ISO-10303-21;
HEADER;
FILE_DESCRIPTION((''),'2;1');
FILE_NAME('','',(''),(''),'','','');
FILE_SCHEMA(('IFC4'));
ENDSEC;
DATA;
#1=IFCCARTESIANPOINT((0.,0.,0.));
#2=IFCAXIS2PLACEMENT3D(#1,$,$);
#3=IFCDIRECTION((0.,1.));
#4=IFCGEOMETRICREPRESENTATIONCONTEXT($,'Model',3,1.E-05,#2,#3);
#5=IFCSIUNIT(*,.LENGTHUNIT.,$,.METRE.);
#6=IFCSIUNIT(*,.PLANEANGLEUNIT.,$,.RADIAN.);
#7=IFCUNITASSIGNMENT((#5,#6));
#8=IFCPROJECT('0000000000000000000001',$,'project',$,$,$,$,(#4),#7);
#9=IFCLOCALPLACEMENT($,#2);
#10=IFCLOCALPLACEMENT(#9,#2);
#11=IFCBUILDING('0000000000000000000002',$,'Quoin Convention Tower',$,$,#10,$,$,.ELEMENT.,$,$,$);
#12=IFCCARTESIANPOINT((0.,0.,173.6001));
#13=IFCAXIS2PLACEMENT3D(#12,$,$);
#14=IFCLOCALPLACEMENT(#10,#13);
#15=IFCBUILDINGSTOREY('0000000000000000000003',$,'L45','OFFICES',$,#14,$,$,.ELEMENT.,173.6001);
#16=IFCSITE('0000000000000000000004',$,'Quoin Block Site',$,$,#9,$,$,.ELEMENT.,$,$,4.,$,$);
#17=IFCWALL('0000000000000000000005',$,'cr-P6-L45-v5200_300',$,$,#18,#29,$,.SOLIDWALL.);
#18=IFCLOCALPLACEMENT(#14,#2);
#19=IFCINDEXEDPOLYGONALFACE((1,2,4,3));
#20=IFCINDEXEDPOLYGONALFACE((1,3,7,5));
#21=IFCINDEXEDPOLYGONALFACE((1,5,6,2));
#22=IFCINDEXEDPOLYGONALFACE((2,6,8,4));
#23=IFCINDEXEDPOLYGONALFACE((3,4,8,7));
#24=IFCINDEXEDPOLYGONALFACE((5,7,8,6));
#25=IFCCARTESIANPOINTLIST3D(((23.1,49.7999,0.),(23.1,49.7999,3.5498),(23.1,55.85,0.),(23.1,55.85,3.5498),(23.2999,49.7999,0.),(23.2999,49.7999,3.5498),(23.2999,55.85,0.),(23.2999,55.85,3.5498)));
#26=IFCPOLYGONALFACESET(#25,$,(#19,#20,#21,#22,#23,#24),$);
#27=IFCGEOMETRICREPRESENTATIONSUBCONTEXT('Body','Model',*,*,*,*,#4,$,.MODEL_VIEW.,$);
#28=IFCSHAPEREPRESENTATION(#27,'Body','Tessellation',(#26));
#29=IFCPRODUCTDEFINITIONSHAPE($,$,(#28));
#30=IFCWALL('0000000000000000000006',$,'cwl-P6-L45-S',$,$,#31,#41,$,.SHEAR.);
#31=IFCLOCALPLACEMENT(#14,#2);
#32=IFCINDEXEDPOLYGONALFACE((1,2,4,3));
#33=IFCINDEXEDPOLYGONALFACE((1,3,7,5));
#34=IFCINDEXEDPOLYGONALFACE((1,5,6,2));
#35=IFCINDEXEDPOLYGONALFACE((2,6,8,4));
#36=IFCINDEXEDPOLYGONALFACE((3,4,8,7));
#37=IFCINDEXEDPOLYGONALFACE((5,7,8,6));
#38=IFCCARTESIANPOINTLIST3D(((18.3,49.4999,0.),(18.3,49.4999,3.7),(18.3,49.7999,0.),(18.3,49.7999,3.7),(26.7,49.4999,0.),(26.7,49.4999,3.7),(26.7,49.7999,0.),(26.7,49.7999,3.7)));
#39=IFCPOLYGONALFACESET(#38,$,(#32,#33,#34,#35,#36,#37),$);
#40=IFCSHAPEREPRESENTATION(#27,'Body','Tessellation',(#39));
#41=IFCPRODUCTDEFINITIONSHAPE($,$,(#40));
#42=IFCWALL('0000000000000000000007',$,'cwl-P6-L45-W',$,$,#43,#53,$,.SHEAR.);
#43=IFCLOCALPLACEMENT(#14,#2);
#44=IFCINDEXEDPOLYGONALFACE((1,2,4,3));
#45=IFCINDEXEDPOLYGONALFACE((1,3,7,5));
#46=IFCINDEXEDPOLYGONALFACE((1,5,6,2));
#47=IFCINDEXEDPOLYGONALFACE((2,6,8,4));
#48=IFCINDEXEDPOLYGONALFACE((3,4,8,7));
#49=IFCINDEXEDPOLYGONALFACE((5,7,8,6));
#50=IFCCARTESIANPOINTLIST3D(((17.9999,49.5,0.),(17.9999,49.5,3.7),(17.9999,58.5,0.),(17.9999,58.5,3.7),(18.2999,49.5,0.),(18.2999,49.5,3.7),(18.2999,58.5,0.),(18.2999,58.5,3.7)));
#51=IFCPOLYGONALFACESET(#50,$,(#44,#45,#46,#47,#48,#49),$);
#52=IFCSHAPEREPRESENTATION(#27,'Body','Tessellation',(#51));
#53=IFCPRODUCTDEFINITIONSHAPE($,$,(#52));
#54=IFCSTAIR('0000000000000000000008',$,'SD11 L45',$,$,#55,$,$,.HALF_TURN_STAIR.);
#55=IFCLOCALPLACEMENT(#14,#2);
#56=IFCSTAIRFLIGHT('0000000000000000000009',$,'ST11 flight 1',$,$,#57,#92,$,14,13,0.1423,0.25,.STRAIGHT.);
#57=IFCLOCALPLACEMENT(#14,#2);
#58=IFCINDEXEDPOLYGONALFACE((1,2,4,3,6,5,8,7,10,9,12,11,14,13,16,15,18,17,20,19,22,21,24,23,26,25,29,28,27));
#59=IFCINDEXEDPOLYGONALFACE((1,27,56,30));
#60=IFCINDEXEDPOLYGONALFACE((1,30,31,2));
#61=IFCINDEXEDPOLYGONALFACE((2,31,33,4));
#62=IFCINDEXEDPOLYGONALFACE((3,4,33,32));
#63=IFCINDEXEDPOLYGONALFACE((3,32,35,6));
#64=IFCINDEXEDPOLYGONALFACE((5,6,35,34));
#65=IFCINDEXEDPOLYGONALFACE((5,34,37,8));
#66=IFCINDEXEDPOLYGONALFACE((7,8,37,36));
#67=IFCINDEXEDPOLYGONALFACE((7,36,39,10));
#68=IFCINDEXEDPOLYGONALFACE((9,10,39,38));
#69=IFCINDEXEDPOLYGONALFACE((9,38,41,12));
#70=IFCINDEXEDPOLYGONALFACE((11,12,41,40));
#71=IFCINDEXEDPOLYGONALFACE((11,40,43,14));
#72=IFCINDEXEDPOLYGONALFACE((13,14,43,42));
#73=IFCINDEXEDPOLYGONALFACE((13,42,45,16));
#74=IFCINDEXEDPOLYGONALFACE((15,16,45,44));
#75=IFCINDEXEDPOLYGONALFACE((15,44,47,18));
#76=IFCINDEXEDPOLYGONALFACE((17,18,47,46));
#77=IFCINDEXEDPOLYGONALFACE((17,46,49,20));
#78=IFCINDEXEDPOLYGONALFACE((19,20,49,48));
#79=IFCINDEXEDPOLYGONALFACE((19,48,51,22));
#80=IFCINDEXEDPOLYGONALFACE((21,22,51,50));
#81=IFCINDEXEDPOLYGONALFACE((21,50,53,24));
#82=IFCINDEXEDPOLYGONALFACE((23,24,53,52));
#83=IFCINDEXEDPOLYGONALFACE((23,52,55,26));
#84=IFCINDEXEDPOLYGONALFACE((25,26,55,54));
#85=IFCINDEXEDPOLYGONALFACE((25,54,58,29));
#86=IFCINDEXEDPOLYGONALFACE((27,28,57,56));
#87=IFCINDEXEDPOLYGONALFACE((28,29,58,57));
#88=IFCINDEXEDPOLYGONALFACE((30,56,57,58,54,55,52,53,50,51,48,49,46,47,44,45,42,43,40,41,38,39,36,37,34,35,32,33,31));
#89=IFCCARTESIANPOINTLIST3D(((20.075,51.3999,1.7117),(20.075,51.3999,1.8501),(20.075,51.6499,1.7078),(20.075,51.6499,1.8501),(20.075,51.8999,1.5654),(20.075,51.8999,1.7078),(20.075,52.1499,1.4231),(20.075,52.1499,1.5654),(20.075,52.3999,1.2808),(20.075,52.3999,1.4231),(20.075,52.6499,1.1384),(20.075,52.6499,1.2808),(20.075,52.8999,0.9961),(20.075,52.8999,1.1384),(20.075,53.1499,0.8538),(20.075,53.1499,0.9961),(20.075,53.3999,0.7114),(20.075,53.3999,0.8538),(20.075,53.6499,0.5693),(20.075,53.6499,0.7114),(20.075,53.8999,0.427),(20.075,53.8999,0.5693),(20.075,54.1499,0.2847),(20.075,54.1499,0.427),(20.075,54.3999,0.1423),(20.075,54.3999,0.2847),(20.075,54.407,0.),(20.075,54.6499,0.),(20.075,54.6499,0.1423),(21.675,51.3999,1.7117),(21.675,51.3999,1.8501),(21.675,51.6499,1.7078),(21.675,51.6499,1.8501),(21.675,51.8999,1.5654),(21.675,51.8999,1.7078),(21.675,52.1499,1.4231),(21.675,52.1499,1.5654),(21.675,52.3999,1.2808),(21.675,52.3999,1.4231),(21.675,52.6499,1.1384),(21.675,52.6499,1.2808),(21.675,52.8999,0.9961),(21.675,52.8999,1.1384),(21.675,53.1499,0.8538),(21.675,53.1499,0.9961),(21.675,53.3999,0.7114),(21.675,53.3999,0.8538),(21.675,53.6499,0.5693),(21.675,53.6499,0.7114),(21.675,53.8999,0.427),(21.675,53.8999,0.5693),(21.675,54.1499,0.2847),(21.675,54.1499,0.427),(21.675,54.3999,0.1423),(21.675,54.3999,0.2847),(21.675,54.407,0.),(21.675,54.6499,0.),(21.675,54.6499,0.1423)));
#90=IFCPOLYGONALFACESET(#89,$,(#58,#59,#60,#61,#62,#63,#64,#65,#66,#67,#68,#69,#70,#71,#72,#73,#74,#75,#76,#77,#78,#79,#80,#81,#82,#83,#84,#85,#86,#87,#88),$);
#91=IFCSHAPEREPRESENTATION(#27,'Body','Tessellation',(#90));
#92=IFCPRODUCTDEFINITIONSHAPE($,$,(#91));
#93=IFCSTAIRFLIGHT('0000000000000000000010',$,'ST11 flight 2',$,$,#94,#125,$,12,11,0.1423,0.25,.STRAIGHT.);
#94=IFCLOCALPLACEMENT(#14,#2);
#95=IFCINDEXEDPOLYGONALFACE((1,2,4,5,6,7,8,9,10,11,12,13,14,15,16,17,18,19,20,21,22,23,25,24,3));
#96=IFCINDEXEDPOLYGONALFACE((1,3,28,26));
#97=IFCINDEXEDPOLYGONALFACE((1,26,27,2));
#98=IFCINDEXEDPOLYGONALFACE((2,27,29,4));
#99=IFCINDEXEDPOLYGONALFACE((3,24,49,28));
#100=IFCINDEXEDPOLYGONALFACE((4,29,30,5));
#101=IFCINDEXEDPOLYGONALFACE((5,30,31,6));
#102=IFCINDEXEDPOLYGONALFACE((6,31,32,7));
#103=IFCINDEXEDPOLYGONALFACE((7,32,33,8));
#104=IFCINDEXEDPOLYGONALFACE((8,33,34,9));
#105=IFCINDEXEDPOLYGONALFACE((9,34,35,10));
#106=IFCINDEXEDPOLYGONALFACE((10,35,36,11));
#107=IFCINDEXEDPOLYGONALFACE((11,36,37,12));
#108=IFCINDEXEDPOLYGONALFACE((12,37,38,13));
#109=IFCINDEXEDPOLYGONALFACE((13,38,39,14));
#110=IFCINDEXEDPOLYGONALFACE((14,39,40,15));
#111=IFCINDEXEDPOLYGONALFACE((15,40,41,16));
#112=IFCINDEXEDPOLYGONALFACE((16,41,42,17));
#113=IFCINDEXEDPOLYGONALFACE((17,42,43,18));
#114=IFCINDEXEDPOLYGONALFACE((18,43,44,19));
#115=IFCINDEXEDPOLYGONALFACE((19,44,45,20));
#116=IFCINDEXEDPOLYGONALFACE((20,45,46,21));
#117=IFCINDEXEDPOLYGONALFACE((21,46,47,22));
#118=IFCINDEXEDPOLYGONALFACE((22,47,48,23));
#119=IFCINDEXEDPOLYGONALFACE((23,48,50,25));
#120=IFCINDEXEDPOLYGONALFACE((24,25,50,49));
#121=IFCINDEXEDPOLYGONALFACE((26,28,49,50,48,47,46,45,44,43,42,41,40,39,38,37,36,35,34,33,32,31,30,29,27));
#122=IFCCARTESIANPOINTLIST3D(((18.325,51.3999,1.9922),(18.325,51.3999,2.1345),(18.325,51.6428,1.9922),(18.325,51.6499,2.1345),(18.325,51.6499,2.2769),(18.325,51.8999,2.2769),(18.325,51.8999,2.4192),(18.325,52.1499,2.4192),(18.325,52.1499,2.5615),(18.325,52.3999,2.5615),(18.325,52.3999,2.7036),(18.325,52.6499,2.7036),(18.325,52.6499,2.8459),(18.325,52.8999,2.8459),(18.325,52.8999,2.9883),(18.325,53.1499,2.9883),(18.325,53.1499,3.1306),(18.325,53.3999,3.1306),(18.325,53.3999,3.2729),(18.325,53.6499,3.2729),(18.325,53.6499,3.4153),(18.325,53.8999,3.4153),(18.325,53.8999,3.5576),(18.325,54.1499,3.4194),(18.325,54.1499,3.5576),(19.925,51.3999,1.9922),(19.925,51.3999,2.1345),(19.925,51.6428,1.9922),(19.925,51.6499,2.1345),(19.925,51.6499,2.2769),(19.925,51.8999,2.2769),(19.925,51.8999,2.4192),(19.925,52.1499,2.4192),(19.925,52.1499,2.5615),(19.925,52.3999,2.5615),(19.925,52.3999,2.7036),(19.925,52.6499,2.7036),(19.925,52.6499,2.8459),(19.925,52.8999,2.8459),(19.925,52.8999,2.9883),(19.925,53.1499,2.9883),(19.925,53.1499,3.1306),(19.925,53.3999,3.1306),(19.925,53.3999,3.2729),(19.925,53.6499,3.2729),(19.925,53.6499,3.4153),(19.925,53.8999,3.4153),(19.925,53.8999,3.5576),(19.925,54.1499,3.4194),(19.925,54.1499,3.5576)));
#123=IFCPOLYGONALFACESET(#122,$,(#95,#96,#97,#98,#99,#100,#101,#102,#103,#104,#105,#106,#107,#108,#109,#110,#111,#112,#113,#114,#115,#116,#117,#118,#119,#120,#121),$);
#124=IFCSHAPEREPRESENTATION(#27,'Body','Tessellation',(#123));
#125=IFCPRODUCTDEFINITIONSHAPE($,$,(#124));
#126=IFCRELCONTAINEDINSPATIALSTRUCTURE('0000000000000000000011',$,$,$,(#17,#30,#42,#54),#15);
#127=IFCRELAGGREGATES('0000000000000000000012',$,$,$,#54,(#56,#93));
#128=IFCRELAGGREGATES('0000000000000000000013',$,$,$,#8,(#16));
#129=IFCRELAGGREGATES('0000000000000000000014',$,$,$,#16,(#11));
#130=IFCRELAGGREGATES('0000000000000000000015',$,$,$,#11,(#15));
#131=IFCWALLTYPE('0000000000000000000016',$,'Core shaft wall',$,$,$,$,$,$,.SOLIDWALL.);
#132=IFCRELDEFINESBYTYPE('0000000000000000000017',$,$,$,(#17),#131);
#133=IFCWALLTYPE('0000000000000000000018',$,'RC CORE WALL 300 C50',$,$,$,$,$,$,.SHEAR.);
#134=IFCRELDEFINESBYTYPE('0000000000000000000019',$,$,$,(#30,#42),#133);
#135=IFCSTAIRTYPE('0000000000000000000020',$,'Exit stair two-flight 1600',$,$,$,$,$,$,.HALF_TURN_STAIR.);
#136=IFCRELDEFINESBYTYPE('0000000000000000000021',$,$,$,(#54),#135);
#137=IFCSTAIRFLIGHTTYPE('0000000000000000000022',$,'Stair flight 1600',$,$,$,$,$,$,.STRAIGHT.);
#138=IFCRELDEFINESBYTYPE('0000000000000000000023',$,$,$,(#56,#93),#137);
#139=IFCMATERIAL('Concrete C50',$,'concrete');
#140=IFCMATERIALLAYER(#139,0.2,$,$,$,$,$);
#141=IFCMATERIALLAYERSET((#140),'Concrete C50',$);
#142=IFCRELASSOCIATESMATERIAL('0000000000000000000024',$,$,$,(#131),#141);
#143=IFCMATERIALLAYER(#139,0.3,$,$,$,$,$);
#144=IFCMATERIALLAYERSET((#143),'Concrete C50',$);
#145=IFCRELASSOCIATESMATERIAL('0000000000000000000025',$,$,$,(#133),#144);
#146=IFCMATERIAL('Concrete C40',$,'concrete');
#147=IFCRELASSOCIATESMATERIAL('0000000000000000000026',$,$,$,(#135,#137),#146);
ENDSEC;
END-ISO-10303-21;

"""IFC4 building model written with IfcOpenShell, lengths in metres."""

from ifc_helpers import new_model, si_unit, direction, frame, frame_2d, origin, place, context, subcontext, project, spatial, polyline, rectangle, outline, extrude, material, layer, layer_set, type_object, element, aggregate, save


model = new_model("IFC4")

# Units and contexts
model_context = context("Model", 3, precision=1e-05, world=origin(), true_north=direction((0.0, 1.0)))
body_context = subcontext(model_context, "Body", "Model", "MODEL_VIEW")
ifc_project = project(units=[si_unit("LENGTHUNIT", "METRE"), si_unit("PLANEANGLEUNIT", "RADIAN")], contexts=[model_context])

# Site, building, storey
site_placement = place(None, origin())
site = spatial("IfcSite", under=ifc_project, at=site_placement, Name="Quoin Block Site", CompositionType="ELEMENT", RefElevation=4.0)
building_placement = place(site_placement, origin())
building = spatial("IfcBuilding", under=site, at=building_placement, Name="Quoin Convention Tower", CompositionType="ELEMENT")
storey_placement = place(building_placement, frame((0.0, 0.0, 173.6001)))
storey = spatial("IfcBuildingStorey", under=building, at=storey_placement, Name="L45", Description="OFFICES", CompositionType="ELEMENT", Elevation=173.6001)

# Shared definitions
ifc_material_1 = material(Name="Concrete C50", Category="concrete")

# Shared definitions
ifc_layer_1 = layer(ifc_material_1, 0.2)
ifc_layer_set_1 = layer_set([ifc_layer_1], Name="Concrete C50")
wall_type_1 = type_object("IfcWallType", Name="Core shaft wall", PredefinedType="SOLIDWALL", material=ifc_layer_set_1)

# Walls
for number, where, z_axis, x_axis, name in (
    (1, (23.2, 49.8, 0.0), (0.0, 0.0, 1.0), (0.0, 1.0, 0.0), "cr-P6-L45-v5200_300"),
):
    element("IfcWall", number, at=place(storey_placement, frame(where, z_axis=z_axis, x_axis=x_axis)), inside=storey, type_object=wall_type_1, Name=name, PredefinedType="SOLIDWALL", context=body_context, shape_type="SweptSolid", body=[
        extrude(rectangle(XDim=6.05, YDim=0.2, at=frame_2d((3.0249, 0.0))), origin(), (0.0, 0.0, 1.0), 3.5498),
    ])
ifc_layer_2 = layer(ifc_material_1, 0.3)
ifc_layer_set_2 = layer_set([ifc_layer_2], Name="Concrete C50")
wall_type_2 = type_object("IfcWallType", Name="RC CORE WALL 300 C50", PredefinedType="SHEAR", material=ifc_layer_set_2)
wall_1_placement = place(storey_placement, frame((18.3, 49.6499, 0.0), z_axis=(0.0, 0.0, 1.0), x_axis=(1.0, 0.0, 0.0)))
element("IfcWall", 2, at=wall_1_placement, inside=storey, type_object=wall_type_2, Name="cwl-P6-L45-S", PredefinedType="SHEAR", context=body_context, shape_type="SweptSolid", body=[
    extrude(rectangle(XDim=8.3999, YDim=0.3, at=frame_2d((4.2, 0.0))), origin(), (0.0, 0.0, 1.0), 3.7),
])
wall_2_placement = place(storey_placement, frame((18.1499, 49.5, 0.0), z_axis=(0.0, 0.0, 1.0), x_axis=(0.0, 1.0, 0.0)))
element("IfcWall", 3, at=wall_2_placement, inside=storey, type_object=wall_type_2, Name="cwl-P6-L45-W", PredefinedType="SHEAR", context=body_context, shape_type="SweptSolid", body=[
    extrude(rectangle(XDim=9.0, YDim=0.3, at=frame_2d((4.5, 0.0))), origin(), (0.0, 0.0, 1.0), 3.7),
])

# Stair, stair flights
ifc_material_2 = material(Name="Concrete C40", Category="concrete")
stair_type = type_object("IfcStairType", Name="Exit stair two-flight 1600", PredefinedType="HALF_TURN_STAIR", material=ifc_material_2)
stair_placement = place(storey_placement, origin())
stair = element("IfcStair", 4, at=stair_placement, inside=storey, type_object=stair_type, Name="SD11 L45", PredefinedType="HALF_TURN_STAIR")
stair_flight_type = type_object("IfcStairFlightType", Name="Stair flight 1600", PredefinedType="STRAIGHT", material=ifc_material_2)
stair_flight_1_placement = place(storey_placement, frame((20.875, 54.6499, 0.0), z_axis=(0.0, 0.0, 1.0), x_axis=(0.0, -1.0, 0.0)))
stair_flight_1 = element("IfcStairFlight", 5, at=stair_flight_1_placement, type_object=stair_flight_type, Name="ST11 flight 1", NumberOfRisers=14, NumberOfTreads=13, PredefinedType="STRAIGHT", RiserHeight=0.1423, TreadLength=0.25, context=body_context, shape_type="SweptSolid", body=[
    extrude(outline(polyline([(0.0, 0.0), (0.0, 0.1423), (0.25, 0.1423), (0.25, 0.2847), (0.5, 0.2847), (0.5, 0.427), (0.75, 0.427), (0.75, 0.5693), (1.0, 0.5693), (1.0, 0.7114), (1.25, 0.7114), (1.25, 0.8538), (1.5, 0.8538), (1.5, 0.9961), (1.75, 0.9961), (1.75, 1.1384), (2.0, 1.1384), (2.0, 1.2808), (2.25, 1.2808), (2.25, 1.4231), (2.5, 1.4231), (2.5, 1.5654), (2.75, 1.5654), (2.75, 1.7078), (3.0, 1.7078), (3.0, 1.8501), (3.25, 1.8501), (3.25, 1.9922), (3.25, 1.7117), (0.2429, 0.0), (0.0, 0.0)])), frame((0.0, 0.8, 0.0), z_axis=(0.0, -1.0, 0.0), x_axis=(1.0, 0.0, 0.0)), (0.0, 0.0, 1.0), 1.6001),
])
stair_flight_2_placement = place(storey_placement, frame((19.125, 51.3999, 1.9922), z_axis=(0.0, 0.0, 1.0), x_axis=(0.0, 1.0, 0.0)))
stair_flight_2 = element("IfcStairFlight", 6, at=stair_flight_2_placement, type_object=stair_flight_type, Name="ST11 flight 2", NumberOfRisers=12, NumberOfTreads=11, PredefinedType="STRAIGHT", RiserHeight=0.1423, TreadLength=0.25, context=body_context, shape_type="SweptSolid", body=[
    extrude(outline(polyline([(0.0, 0.0), (0.0, 0.1423), (0.25, 0.1423), (0.25, 0.2847), (0.5, 0.2847), (0.5, 0.427), (0.75, 0.427), (0.75, 0.5693), (1.0, 0.5693), (1.0, 0.7114), (1.25, 0.7114), (1.25, 0.8538), (1.5, 0.8538), (1.5, 0.9961), (1.75, 0.9961), (1.75, 1.1384), (2.0, 1.1384), (2.0, 1.2808), (2.25, 1.2808), (2.25, 1.4231), (2.5, 1.4231), (2.5, 1.5654), (2.75, 1.5654), (2.75, 1.7078), (2.75, 1.4272), (0.2429, 0.0), (0.0, 0.0)])), frame((0.0, 0.8, 0.0), z_axis=(0.0, -1.0, 0.0), x_axis=(1.0, 0.0, 0.0)), (0.0, 0.0, 1.0), 1.6001),
])
aggregate(stair, [stair_flight_1, stair_flight_2])

save(model, "model.ifc")
